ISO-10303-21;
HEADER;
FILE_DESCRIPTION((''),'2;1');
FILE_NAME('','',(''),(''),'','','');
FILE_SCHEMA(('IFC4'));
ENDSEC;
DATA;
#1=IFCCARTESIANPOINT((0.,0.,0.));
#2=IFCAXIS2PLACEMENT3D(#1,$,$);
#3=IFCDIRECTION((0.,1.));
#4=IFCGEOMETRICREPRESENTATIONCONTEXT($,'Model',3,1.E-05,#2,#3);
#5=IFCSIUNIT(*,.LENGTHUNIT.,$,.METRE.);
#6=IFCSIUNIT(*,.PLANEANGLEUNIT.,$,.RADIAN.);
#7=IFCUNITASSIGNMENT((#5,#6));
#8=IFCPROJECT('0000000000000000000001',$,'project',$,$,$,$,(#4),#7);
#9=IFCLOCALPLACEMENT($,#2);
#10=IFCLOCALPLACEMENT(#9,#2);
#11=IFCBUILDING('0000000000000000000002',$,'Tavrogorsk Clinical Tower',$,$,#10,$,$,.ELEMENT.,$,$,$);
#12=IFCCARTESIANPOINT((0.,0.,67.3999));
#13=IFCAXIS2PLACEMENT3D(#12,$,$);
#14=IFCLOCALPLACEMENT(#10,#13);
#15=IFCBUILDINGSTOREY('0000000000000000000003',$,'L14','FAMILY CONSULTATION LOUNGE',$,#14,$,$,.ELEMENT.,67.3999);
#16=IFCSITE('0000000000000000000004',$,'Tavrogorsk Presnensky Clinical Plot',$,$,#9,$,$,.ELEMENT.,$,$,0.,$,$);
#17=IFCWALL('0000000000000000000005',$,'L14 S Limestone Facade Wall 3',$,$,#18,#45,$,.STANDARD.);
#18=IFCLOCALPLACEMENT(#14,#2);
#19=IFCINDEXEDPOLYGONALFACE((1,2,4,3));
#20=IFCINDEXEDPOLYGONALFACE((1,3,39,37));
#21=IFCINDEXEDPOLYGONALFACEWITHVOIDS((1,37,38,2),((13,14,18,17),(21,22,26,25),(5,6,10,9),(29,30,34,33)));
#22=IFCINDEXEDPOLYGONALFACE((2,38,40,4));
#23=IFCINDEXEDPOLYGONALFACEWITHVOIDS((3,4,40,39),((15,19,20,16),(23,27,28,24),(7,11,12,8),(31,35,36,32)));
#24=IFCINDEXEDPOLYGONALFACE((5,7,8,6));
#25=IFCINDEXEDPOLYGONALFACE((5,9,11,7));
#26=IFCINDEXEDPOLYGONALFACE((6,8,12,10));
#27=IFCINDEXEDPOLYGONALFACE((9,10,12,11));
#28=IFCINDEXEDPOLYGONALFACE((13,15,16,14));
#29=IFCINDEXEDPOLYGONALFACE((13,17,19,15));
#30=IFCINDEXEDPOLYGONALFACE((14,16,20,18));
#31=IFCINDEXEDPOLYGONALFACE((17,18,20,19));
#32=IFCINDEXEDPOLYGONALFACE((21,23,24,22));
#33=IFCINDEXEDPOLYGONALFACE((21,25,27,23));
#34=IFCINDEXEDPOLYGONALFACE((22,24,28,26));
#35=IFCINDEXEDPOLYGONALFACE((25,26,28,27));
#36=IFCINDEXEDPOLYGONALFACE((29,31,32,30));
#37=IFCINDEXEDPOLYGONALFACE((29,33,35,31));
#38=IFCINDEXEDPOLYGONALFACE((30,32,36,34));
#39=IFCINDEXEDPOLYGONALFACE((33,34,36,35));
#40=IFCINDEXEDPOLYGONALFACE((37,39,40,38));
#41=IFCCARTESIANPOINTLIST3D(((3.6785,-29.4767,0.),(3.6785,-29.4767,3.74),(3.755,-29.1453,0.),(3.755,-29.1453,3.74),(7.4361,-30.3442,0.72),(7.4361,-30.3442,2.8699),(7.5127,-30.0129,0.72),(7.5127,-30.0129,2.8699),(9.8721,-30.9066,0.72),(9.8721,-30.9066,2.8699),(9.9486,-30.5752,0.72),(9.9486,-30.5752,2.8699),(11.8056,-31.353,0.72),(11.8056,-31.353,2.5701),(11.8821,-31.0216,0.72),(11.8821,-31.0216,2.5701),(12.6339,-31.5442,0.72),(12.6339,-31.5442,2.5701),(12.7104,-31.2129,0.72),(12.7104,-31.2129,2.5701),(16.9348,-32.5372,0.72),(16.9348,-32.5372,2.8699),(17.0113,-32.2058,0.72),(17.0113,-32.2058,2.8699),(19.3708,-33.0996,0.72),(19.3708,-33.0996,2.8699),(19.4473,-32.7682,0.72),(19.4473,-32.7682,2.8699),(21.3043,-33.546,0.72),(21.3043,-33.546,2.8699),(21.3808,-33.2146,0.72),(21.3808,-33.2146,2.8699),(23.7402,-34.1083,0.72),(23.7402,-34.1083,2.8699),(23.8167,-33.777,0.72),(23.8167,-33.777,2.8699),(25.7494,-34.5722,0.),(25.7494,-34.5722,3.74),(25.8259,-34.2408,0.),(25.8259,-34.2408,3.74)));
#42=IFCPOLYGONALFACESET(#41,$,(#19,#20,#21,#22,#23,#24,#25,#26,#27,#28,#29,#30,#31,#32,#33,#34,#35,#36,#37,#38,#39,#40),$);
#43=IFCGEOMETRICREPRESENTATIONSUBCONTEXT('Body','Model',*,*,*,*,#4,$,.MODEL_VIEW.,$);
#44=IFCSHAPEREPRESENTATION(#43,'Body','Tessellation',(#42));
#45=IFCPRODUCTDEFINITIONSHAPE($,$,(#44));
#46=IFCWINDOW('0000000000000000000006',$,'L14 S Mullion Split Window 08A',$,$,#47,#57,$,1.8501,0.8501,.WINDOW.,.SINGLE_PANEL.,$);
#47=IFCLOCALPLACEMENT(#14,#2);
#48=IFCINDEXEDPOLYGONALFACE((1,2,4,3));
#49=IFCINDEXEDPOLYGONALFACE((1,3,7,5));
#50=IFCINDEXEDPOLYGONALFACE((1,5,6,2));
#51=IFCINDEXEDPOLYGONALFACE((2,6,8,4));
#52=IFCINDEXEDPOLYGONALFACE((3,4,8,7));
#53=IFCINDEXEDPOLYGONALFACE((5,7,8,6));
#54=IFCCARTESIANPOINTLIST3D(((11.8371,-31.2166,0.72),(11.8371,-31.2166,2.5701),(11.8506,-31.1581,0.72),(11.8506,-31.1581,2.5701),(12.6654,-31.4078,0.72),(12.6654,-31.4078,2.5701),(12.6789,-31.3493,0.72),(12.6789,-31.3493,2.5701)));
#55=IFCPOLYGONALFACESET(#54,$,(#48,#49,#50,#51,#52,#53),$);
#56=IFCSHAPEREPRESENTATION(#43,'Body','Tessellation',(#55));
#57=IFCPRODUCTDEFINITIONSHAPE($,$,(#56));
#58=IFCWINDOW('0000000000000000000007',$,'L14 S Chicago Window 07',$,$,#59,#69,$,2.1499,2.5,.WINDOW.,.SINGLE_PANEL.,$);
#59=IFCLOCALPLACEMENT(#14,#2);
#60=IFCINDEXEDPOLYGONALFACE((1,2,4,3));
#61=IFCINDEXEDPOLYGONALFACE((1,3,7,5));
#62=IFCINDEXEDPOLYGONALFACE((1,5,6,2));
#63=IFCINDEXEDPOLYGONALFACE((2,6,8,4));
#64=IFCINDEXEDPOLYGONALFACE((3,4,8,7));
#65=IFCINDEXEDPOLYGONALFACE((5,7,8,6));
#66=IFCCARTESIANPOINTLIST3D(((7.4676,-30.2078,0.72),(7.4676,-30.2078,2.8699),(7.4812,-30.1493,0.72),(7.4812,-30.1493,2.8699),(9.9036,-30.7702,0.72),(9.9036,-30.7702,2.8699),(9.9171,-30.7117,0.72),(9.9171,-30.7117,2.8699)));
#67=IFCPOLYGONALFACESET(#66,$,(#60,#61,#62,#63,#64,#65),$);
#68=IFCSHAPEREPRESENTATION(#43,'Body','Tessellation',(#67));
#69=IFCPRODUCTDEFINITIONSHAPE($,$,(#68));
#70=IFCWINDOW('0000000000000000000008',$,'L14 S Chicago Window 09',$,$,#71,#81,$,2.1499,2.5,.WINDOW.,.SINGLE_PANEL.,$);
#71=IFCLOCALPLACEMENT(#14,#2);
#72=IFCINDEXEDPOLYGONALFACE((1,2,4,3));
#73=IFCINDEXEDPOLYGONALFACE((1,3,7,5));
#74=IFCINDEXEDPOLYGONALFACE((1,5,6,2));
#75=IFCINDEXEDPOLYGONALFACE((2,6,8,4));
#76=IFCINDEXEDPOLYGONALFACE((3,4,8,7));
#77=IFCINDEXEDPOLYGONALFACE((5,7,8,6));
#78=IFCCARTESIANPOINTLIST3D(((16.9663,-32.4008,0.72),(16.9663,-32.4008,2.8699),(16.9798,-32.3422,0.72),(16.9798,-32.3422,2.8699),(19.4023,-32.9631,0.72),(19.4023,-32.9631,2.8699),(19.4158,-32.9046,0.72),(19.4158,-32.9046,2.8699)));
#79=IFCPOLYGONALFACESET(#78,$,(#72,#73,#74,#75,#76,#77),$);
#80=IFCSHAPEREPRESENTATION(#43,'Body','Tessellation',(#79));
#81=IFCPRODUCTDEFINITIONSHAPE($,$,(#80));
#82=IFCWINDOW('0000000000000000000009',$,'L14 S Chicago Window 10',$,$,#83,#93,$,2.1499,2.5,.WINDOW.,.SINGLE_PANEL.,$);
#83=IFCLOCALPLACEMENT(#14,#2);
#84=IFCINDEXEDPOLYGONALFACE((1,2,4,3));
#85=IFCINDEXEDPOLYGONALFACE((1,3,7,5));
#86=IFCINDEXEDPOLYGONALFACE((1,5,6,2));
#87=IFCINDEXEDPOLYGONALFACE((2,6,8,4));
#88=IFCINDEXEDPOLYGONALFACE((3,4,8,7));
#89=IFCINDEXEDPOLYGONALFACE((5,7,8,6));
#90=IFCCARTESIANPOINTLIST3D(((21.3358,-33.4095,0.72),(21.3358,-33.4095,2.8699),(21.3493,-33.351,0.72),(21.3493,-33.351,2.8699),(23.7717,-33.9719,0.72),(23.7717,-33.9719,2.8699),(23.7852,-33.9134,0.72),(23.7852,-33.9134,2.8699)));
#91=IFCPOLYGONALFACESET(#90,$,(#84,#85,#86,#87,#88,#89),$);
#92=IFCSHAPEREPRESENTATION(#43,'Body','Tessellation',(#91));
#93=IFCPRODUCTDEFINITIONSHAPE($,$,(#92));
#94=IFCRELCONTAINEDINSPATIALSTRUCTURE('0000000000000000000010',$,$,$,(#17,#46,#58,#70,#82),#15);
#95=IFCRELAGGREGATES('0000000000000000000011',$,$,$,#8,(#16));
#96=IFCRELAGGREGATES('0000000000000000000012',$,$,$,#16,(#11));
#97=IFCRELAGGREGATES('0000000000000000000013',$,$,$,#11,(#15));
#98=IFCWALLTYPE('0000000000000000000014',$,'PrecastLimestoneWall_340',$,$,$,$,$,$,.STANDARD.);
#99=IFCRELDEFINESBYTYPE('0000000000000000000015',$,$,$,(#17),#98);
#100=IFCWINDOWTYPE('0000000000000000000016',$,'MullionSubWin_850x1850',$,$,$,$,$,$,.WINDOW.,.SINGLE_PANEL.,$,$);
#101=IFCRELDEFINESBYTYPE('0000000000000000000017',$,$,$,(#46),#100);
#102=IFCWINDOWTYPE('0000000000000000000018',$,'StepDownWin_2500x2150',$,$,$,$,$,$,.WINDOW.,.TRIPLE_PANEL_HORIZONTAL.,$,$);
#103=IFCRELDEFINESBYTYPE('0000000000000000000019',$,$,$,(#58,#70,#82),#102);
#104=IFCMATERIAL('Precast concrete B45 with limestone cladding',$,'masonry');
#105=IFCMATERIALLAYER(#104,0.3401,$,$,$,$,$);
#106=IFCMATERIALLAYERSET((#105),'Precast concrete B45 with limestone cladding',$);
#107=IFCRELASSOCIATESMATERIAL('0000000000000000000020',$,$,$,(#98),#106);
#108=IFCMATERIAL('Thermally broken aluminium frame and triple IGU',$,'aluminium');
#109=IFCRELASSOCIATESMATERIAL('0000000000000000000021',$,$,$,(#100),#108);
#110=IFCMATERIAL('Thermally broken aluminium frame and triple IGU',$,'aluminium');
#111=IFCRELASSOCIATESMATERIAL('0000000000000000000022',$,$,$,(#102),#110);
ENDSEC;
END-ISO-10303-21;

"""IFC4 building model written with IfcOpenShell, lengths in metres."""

from ifc_helpers import new_model, si_unit, direction, frame, frame_2d, origin, place, context, subcontext, project, spatial, rectangle, extrude, material, layer, layer_set, type_object, element, fill, save


model = new_model("IFC4")

# Units and contexts
model_context = context("Model", 3, precision=1e-05, world=origin(), true_north=direction((0.0, 1.0)))
body_context = subcontext(model_context, "Body", "Model", "MODEL_VIEW")
ifc_project = project(units=[si_unit("LENGTHUNIT", "METRE"), si_unit("PLANEANGLEUNIT", "RADIAN")], contexts=[model_context])

# Site, building, storey
site_placement = place(None, origin())
site = spatial("IfcSite", under=ifc_project, at=site_placement, Name="Tavrogorsk Presnensky Clinical Plot", CompositionType="ELEMENT", RefElevation=0.0)
building_placement = place(site_placement, origin())
building = spatial("IfcBuilding", under=site, at=building_placement, Name="Tavrogorsk Clinical Tower", CompositionType="ELEMENT")
storey_placement = place(building_placement, frame((0.0, 0.0, 67.3999)))
storey = spatial("IfcBuildingStorey", under=building, at=storey_placement, Name="L14", Description="FAMILY CONSULTATION LOUNGE", CompositionType="ELEMENT", Elevation=67.3999)

# Wall, openings, windows
ifc_material_1 = material(Name="Precast concrete B45 with limestone cladding", Category="masonry")
ifc_layer_1 = layer(ifc_material_1, 0.3401)
ifc_layer_set_1 = layer_set([ifc_layer_1], Name="Precast concrete B45 with limestone cladding")
wall_type_1 = type_object("IfcWallType", Name="PrecastLimestoneWall_340", PredefinedType="STANDARD", material=ifc_layer_set_1)
wall_1_placement = place(storey_placement, frame((3.7168, -29.311, 0.0), z_axis=(0.0, 0.0, 1.0), x_axis=(0.97437, -0.224952, 0.0)))
wall_1 = element("IfcWall", 1, at=wall_1_placement, inside=storey, type_object=wall_type_1, Name="L14 S Limestone Facade Wall 3", PredefinedType="STANDARD", context=body_context, shape_type="SweptSolid", body=[
    extrude(rectangle(XDim=22.6514, YDim=0.3401, at=frame_2d((11.3257, 0.0))), origin(), (0.0, 0.0, 1.0), 3.74),
])
opening_1_placement = place(wall_1_placement, frame((3.8564, 0.0, 0.72)))
opening_1 = element("IfcOpeningElement", 2, at=opening_1_placement, cuts=wall_1, PredefinedType="OPENING", context=body_context, shape_type="SweptSolid", body=[
    extrude(rectangle(XDim=2.5, YDim=2.1499, at=frame_2d((1.25, 1.075))), frame((0.0, 0.1799, 0.0), z_axis=(0.0, -1.0, 0.0), x_axis=(1.0, 0.0, 0.0)), (0.0, 0.0, 1.0), 0.3601),
])
opening_2_placement = place(wall_1_placement, frame((8.3408, 0.0, 0.72)))
opening_2 = element("IfcOpeningElement", 3, at=opening_2_placement, cuts=wall_1, PredefinedType="OPENING", context=body_context, shape_type="SweptSolid", body=[
    extrude(rectangle(XDim=0.8501, YDim=1.8501, at=frame_2d((0.425, 0.925))), frame((0.0, 0.1799, 0.0), z_axis=(0.0, -1.0, 0.0), x_axis=(1.0, 0.0, 0.0)), (0.0, 0.0, 1.0), 0.3601),
])
opening_3_placement = place(wall_1_placement, frame((13.605, 0.0, 0.72)))
opening_3 = element("IfcOpeningElement", 4, at=opening_3_placement, cuts=wall_1, PredefinedType="OPENING", context=body_context, shape_type="SweptSolid", body=[
    extrude(rectangle(XDim=2.5, YDim=2.1499, at=frame_2d((1.25, 1.075))), frame((0.0, 0.1799, 0.0), z_axis=(0.0, -1.0, 0.0), x_axis=(1.0, 0.0, 0.0)), (0.0, 0.0, 1.0), 0.3601),
])
opening_4_placement = place(wall_1_placement, frame((18.0894, 0.0, 0.72)))
opening_4 = element("IfcOpeningElement", 5, at=opening_4_placement, cuts=wall_1, PredefinedType="OPENING", context=body_context, shape_type="SweptSolid", body=[
    extrude(rectangle(XDim=2.5, YDim=2.1499, at=frame_2d((1.25, 1.075))), frame((0.0, 0.1799, 0.0), z_axis=(0.0, -1.0, 0.0), x_axis=(1.0, 0.0, 0.0)), (0.0, 0.0, 1.0), 0.3601),
])
ifc_material_2 = material(Name="Thermally broken aluminium frame and triple IGU", Category="aluminium")
window_type_1 = type_object("IfcWindowType", Name="MullionSubWin_850x1850", PartitioningType="SINGLE_PANEL", PredefinedType="WINDOW", material=ifc_material_2)
window_1_placement = place(opening_2_placement, origin())
window_1 = element("IfcWindow", 6, at=window_1_placement, inside=storey, type_object=window_type_1, Name="L14 S Mullion Split Window 08A", OverallHeight=1.8501, OverallWidth=0.8501, PartitioningType="SINGLE_PANEL", PredefinedType="WINDOW", context=body_context, shape_type="SweptSolid", body=[
    extrude(rectangle(XDim=0.8501, YDim=1.8501, at=frame_2d((0.425, 0.925))), frame((0.0, 0.03, 0.0), z_axis=(0.0, -1.0, 0.0), x_axis=(1.0, 0.0, 0.0)), (0.0, 0.0, 1.0), 0.0601),
])
fill(opening_2, window_1)
ifc_material_3 = material(Name="Thermally broken aluminium frame and triple IGU", Category="aluminium")
window_type_2 = type_object("IfcWindowType", Name="StepDownWin_2500x2150", PartitioningType="TRIPLE_PANEL_HORIZONTAL", PredefinedType="WINDOW", material=ifc_material_3)
window_2_placement = place(opening_1_placement, origin())
window_2 = element("IfcWindow", 7, at=window_2_placement, inside=storey, type_object=window_type_2, Name="L14 S Chicago Window 07", OverallHeight=2.1499, OverallWidth=2.5, PartitioningType="SINGLE_PANEL", PredefinedType="WINDOW", context=body_context, shape_type="SweptSolid", body=[
    extrude(rectangle(XDim=2.5, YDim=2.1499, at=frame_2d((1.25, 1.075))), frame((0.0, 0.03, 0.0), z_axis=(0.0, -1.0, 0.0), x_axis=(1.0, 0.0, 0.0)), (0.0, 0.0, 1.0), 0.0601),
])
fill(opening_1, window_2)
window_3_placement = place(opening_3_placement, origin())
window_3 = element("IfcWindow", 8, at=window_3_placement, inside=storey, type_object=window_type_2, Name="L14 S Chicago Window 09", OverallHeight=2.1499, OverallWidth=2.5, PartitioningType="SINGLE_PANEL", PredefinedType="WINDOW", context=body_context, shape_type="SweptSolid", body=[
    extrude(rectangle(XDim=2.5, YDim=2.1499, at=frame_2d((1.25, 1.075))), frame((0.0, 0.03, 0.0), z_axis=(0.0, -1.0, 0.0), x_axis=(1.0, 0.0, 0.0)), (0.0, 0.0, 1.0), 0.0601),
])
fill(opening_3, window_3)
window_4_placement = place(opening_4_placement, origin())
window_4 = element("IfcWindow", 9, at=window_4_placement, inside=storey, type_object=window_type_2, Name="L14 S Chicago Window 10", OverallHeight=2.1499, OverallWidth=2.5, PartitioningType="SINGLE_PANEL", PredefinedType="WINDOW", context=body_context, shape_type="SweptSolid", body=[
    extrude(rectangle(XDim=2.5, YDim=2.1499, at=frame_2d((1.25, 1.075))), frame((0.0, 0.03, 0.0), z_axis=(0.0, -1.0, 0.0), x_axis=(1.0, 0.0, 0.0)), (0.0, 0.0, 1.0), 0.0601),
])
fill(opening_4, window_4)

save(model, "model.ifc")
